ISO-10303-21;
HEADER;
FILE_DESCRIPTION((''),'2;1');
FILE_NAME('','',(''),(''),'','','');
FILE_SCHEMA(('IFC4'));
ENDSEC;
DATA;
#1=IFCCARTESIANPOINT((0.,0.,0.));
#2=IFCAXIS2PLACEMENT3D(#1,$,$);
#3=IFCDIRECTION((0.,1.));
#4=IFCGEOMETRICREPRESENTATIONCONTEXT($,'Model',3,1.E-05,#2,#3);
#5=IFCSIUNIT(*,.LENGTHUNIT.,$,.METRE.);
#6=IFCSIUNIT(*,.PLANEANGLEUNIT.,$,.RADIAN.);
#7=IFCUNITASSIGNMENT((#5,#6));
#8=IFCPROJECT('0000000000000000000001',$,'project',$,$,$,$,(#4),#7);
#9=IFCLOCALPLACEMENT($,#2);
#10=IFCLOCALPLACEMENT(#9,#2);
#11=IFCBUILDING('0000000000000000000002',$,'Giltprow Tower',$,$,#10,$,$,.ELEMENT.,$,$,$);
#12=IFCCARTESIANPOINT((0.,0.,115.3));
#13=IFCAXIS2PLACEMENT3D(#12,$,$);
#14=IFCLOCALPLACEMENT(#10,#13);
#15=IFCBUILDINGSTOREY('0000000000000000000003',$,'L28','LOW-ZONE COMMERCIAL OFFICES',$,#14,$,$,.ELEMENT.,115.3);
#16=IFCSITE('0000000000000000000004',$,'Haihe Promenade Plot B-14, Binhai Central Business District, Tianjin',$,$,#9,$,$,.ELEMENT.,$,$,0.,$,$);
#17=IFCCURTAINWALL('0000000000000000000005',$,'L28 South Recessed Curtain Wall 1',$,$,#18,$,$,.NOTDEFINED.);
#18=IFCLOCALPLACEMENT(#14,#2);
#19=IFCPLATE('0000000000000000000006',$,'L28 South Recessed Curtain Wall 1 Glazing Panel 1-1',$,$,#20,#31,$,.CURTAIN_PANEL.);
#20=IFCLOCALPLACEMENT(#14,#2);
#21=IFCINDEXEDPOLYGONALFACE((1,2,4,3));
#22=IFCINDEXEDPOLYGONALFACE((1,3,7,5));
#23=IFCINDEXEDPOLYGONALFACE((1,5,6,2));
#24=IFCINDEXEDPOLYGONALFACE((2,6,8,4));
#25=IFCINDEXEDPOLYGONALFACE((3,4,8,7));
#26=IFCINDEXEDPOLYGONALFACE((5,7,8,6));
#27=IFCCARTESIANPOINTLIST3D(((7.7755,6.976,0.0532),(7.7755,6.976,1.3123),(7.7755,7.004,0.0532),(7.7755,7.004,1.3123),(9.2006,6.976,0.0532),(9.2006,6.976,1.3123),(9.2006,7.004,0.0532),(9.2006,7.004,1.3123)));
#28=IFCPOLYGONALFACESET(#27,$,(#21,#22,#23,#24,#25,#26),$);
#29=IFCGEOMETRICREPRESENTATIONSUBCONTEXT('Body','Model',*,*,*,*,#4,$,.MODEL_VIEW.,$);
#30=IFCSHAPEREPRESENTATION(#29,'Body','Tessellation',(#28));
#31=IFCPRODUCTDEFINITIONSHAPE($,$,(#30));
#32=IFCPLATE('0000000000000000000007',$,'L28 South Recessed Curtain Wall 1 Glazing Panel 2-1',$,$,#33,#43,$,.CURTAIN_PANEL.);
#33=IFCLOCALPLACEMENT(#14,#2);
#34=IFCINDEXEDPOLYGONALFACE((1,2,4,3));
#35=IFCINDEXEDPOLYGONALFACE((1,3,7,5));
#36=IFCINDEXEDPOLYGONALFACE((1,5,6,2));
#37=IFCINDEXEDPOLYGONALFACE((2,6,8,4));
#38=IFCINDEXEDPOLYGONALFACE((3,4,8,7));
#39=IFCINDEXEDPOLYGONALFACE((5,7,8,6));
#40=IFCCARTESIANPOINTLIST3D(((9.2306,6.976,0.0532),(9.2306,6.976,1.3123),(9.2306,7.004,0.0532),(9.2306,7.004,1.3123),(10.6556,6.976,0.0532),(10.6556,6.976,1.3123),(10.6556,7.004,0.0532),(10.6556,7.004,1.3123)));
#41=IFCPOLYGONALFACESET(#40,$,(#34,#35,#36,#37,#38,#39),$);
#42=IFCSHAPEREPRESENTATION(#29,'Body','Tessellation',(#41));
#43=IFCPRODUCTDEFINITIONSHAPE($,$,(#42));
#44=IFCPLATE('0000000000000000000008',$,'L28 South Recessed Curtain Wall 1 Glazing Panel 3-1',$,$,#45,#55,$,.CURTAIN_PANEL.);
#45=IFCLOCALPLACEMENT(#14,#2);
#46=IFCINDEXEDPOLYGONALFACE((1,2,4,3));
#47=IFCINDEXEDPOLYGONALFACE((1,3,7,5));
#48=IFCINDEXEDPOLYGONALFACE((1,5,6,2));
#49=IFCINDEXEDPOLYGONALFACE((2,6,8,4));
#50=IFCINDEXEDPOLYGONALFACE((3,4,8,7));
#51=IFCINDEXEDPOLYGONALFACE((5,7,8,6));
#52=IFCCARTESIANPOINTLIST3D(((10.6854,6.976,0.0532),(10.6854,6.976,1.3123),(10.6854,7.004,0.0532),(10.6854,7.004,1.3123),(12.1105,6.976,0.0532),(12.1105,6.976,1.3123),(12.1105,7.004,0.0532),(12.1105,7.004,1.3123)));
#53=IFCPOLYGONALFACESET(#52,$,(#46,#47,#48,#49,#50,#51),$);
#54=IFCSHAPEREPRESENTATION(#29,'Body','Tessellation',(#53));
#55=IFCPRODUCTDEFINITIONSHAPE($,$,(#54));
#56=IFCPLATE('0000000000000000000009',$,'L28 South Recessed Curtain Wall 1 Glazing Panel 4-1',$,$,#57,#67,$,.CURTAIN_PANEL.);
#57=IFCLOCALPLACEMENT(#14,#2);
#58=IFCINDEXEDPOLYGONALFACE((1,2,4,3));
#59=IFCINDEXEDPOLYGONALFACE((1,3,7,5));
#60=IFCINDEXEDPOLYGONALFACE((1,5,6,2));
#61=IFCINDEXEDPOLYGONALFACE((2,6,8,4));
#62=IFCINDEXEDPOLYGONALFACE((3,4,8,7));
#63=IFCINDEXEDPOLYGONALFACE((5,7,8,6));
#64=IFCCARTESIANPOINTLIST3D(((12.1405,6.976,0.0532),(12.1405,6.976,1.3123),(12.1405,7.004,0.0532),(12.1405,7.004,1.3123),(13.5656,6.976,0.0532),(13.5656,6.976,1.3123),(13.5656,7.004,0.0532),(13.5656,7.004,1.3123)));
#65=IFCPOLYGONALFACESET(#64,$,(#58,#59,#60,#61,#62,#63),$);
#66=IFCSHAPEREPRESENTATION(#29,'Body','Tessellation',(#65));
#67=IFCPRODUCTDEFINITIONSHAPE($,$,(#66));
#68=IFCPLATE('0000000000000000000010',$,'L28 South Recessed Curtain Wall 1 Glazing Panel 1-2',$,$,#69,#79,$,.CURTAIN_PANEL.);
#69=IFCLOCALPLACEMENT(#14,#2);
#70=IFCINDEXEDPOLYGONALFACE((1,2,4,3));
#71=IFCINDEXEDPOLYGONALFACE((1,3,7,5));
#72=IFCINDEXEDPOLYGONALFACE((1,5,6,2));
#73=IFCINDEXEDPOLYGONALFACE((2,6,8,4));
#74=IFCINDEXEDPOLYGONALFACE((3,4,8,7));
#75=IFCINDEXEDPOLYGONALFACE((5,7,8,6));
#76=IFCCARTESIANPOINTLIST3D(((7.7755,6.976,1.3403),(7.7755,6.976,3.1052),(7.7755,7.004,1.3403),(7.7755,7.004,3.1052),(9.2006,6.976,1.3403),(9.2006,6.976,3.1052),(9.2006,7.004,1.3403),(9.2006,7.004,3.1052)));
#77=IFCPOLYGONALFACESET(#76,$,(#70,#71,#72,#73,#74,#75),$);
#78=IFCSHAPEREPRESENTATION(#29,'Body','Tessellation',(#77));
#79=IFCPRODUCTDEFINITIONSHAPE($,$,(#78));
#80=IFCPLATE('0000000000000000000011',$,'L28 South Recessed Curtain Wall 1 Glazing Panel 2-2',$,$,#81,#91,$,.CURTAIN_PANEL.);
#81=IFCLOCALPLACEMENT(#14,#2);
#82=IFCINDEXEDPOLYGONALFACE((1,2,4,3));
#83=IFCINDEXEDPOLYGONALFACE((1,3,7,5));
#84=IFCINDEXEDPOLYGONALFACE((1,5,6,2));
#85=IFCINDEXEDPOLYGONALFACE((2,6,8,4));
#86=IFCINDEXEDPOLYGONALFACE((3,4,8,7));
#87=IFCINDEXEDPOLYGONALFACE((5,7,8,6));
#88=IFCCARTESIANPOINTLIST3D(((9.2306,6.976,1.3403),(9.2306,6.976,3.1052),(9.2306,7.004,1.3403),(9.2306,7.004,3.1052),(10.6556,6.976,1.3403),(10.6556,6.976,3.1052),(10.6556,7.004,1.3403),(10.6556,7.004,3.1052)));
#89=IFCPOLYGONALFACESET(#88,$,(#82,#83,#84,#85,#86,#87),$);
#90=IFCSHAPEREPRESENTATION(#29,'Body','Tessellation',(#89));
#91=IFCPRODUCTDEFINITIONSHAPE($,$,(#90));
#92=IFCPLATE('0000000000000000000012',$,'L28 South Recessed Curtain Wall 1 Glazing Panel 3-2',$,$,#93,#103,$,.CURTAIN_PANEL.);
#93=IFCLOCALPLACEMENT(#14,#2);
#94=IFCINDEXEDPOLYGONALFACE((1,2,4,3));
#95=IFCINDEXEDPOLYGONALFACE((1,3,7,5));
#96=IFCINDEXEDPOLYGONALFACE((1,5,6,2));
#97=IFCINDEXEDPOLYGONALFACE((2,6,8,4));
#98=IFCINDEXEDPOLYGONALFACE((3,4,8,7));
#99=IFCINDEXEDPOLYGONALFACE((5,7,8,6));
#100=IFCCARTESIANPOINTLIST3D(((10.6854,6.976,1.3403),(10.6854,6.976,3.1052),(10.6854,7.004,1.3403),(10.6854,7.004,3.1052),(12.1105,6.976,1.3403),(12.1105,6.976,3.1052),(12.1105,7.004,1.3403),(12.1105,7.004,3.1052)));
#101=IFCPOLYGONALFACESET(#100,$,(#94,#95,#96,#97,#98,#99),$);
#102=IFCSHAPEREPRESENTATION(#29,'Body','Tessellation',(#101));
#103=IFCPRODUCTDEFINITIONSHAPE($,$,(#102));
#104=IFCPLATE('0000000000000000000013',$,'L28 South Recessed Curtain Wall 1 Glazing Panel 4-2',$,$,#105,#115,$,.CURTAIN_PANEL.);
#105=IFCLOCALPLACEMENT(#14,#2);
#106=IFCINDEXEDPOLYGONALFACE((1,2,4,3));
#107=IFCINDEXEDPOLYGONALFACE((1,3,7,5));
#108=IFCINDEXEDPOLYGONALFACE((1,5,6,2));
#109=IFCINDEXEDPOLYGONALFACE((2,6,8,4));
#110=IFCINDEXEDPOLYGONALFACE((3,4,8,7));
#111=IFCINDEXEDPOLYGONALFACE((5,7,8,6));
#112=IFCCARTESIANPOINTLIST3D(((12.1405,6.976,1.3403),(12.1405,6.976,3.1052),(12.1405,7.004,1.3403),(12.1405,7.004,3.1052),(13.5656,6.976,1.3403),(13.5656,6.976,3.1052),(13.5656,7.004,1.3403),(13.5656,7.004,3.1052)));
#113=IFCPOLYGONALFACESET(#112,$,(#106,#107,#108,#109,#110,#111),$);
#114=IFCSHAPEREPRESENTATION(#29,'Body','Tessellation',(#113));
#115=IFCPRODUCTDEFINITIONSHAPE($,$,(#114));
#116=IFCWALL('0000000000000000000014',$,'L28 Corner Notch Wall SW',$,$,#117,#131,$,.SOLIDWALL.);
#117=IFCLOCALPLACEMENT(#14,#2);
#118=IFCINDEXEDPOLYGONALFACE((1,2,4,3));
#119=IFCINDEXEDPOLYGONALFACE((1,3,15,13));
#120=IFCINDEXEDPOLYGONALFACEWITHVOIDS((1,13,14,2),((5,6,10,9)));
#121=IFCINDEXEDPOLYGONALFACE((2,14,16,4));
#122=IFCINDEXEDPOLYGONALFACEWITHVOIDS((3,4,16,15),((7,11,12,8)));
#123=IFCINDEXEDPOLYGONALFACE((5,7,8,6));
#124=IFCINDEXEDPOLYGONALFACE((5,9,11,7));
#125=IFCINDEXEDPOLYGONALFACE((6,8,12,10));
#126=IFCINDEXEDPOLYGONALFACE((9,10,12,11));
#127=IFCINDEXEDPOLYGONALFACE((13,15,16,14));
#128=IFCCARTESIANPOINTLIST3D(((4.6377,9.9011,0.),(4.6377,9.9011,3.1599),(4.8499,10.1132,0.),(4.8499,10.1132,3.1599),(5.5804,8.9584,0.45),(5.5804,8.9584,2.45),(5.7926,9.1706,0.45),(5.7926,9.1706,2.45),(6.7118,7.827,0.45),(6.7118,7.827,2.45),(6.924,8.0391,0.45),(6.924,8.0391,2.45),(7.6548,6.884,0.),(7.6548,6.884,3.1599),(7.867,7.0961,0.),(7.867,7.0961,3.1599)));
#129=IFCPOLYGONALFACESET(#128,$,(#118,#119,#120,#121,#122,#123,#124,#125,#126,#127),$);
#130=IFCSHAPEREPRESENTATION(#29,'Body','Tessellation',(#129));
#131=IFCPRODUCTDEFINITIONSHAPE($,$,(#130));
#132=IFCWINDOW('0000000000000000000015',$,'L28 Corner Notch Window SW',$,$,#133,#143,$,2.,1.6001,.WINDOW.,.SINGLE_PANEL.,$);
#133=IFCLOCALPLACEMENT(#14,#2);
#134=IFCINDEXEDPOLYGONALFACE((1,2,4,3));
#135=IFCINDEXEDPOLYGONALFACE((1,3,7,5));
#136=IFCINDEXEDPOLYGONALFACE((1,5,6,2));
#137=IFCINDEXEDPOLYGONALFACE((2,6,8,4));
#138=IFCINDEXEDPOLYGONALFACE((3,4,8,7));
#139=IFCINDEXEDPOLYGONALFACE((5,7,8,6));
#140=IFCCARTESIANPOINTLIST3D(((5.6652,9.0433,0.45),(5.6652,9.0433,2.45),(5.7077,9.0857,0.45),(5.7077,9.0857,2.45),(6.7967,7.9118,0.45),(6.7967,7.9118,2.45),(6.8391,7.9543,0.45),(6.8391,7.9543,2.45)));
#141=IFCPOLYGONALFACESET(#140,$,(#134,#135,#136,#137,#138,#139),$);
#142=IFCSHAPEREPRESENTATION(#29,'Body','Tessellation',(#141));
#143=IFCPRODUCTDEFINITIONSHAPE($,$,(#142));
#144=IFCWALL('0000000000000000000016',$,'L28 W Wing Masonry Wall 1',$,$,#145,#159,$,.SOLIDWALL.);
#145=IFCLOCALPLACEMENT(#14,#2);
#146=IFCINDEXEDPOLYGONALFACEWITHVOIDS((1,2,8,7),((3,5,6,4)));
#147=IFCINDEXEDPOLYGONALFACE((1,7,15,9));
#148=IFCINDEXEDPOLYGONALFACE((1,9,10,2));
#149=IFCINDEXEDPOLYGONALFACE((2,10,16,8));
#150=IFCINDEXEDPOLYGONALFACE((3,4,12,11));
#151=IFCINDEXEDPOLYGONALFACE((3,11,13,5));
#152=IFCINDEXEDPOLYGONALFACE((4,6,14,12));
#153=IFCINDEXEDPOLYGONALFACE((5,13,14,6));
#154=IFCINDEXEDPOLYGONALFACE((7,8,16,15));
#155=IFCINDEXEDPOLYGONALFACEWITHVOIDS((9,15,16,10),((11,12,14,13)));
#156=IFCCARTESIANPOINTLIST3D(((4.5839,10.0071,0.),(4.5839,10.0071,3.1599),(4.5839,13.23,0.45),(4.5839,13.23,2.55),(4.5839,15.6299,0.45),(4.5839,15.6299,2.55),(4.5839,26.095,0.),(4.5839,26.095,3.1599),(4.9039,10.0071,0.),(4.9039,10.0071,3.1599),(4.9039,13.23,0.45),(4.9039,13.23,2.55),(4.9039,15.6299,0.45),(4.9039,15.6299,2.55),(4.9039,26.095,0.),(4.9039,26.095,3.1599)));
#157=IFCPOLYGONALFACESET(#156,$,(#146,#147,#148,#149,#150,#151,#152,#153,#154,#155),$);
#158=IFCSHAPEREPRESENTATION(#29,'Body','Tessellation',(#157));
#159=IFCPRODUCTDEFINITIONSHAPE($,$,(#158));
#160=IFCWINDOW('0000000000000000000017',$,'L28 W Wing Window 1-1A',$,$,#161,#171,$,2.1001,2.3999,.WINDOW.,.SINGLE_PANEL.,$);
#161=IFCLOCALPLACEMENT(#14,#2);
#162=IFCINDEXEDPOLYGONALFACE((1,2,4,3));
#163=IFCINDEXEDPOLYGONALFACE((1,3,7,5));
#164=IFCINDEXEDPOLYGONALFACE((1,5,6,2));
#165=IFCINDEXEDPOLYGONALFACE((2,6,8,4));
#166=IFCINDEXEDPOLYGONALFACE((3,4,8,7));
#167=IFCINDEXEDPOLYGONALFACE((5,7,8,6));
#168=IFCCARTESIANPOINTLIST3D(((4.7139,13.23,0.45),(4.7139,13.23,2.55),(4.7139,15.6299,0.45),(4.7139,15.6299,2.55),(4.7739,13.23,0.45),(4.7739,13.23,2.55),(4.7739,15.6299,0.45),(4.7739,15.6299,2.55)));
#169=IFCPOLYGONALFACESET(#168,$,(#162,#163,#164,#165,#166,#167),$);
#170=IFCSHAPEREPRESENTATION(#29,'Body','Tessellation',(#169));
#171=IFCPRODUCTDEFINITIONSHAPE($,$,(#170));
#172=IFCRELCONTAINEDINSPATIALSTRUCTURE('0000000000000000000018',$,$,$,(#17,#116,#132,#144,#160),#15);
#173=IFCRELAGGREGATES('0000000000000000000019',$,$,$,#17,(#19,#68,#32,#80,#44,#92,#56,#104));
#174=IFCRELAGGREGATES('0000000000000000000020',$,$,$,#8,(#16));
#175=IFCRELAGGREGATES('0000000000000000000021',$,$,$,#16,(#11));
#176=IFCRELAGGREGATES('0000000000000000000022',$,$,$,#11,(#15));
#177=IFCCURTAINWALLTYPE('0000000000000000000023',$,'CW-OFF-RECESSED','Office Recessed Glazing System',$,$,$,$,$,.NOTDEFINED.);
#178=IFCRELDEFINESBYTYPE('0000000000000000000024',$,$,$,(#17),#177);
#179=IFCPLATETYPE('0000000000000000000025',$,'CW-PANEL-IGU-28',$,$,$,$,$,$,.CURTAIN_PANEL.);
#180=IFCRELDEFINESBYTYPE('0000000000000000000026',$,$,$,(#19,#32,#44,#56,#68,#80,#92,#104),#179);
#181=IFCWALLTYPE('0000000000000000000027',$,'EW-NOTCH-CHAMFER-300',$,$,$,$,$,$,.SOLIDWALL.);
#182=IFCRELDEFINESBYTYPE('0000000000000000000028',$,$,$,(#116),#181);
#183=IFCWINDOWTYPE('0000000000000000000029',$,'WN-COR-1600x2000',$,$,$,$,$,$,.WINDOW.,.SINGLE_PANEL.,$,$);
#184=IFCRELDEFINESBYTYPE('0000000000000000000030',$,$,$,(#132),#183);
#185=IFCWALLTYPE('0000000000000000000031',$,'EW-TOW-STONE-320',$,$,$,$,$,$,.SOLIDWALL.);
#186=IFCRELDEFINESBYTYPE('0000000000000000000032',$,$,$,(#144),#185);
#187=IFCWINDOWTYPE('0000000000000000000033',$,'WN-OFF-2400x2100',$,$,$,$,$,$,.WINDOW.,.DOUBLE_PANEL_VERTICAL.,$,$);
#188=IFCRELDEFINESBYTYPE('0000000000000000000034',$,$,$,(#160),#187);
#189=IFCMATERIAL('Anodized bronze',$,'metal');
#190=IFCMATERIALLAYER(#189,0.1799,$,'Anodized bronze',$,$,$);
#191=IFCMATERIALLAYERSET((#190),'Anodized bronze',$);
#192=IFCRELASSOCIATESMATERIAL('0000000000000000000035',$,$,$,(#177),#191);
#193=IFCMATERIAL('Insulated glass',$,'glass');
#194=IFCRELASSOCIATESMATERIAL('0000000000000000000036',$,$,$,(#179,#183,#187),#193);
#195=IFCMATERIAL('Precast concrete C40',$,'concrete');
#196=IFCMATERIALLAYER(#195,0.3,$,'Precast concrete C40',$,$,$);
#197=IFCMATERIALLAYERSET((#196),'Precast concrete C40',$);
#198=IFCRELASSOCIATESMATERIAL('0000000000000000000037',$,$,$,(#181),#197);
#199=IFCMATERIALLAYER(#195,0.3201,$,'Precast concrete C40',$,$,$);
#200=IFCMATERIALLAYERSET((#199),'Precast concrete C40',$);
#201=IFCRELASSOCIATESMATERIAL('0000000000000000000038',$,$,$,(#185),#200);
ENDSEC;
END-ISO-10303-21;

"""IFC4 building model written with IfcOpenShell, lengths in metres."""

from ifc_helpers import new_model, si_unit, direction, frame, frame_2d, origin, origin_2d, place, context, subcontext, project, spatial, rectangle, extrude, source, transform, mapped, material, layer, layer_set, type_object, element, fill, aggregate, save


model = new_model("IFC4")

# Units and contexts
model_context = context("Model", 3, precision=1e-05, world=origin(), true_north=direction((0.0, 1.0)))
body_context = subcontext(model_context, "Body", "Model", "MODEL_VIEW")
ifc_project = project(units=[si_unit("LENGTHUNIT", "METRE"), si_unit("PLANEANGLEUNIT", "RADIAN")], contexts=[model_context])

# Site, building, storey
site_placement = place(None, origin())
site = spatial("IfcSite", under=ifc_project, at=site_placement, Name="Haihe Promenade Plot B-14, Binhai Central Business District, Tianjin", CompositionType="ELEMENT", RefElevation=0.0)
building_placement = place(site_placement, origin())
building = spatial("IfcBuilding", under=site, at=building_placement, Name="Giltprow Tower", CompositionType="ELEMENT")
storey_placement = place(building_placement, frame((0.0, 0.0, 115.3)))
storey = spatial("IfcBuildingStorey", under=building, at=storey_placement, Name="L28", Description="LOW-ZONE COMMERCIAL OFFICES", CompositionType="ELEMENT", Elevation=115.3)

# Curtain wall
ifc_material_1 = material(Name="Anodized bronze", Category="metal")
ifc_layer_1 = layer(ifc_material_1, 0.1799, Name="Anodized bronze")
ifc_layer_set_1 = layer_set([ifc_layer_1], Name="Anodized bronze")
curtain_wall_type = type_object("IfcCurtainWallType", Name="CW-OFF-RECESSED", Description="Office Recessed Glazing System", PredefinedType="NOTDEFINED", material=ifc_layer_set_1)
curtain_wall_placement = place(storey_placement, origin())
curtain_wall = element("IfcCurtainWall", 1, at=curtain_wall_placement, inside=storey, type_object=curtain_wall_type, Name="L28 South Recessed Curtain Wall 1", PredefinedType="NOTDEFINED")

# Plates
ifc_material_2 = material(Name="Insulated glass", Category="glass")
plate_type = type_object("IfcPlateType", Name="CW-PANEL-IGU-28", PredefinedType="CURTAIN_PANEL", material=ifc_material_2)
shared_shape_1 = source(origin(), body_context, "Body", "SweptSolid", [
    extrude(rectangle(XDim=1.425, YDim=0.0281, at=origin_2d()), origin(), (0.0, 0.0, 1.0), 1.259),
])
plate_1_placement = place(storey_placement, frame((8.488, 6.99, 0.0532), z_axis=(0.0, 0.0, 1.0), x_axis=(1.0, 0.0, 0.0)))
plate_1 = element("IfcPlate", 2, at=plate_1_placement, type_object=plate_type, Name="L28 South Recessed Curtain Wall 1 Glazing Panel 1-1", PredefinedType="CURTAIN_PANEL", context=body_context, shape_type="MappedRepresentation", body=[
    mapped(shared_shape_1, transform((0.0, 0.0, 0.0), x_axis=(1.0, 0.0, 0.0), y_axis=(0.0, 1.0, 0.0), z_axis=(0.0, 0.0, 1.0), scale=1.0)),
])
plate_2_placement = place(storey_placement, frame((9.9431, 6.99, 0.0532), z_axis=(0.0, 0.0, 1.0), x_axis=(1.0, 0.0, 0.0)))
plate_2 = element("IfcPlate", 3, at=plate_2_placement, type_object=plate_type, Name="L28 South Recessed Curtain Wall 1 Glazing Panel 2-1", PredefinedType="CURTAIN_PANEL", context=body_context, shape_type="MappedRepresentation", body=[
    mapped(shared_shape_1, transform((0.0, 0.0, 0.0), x_axis=(1.0, 0.0, 0.0), y_axis=(0.0, 1.0, 0.0), z_axis=(0.0, 0.0, 1.0), scale=1.0)),
])
plate_3_placement = place(storey_placement, frame((11.3979, 6.99, 0.0532), z_axis=(0.0, 0.0, 1.0), x_axis=(1.0, 0.0, 0.0)))
plate_3 = element("IfcPlate", 4, at=plate_3_placement, type_object=plate_type, Name="L28 South Recessed Curtain Wall 1 Glazing Panel 3-1", PredefinedType="CURTAIN_PANEL", context=body_context, shape_type="MappedRepresentation", body=[
    mapped(shared_shape_1, transform((0.0, 0.0, 0.0), x_axis=(1.0, 0.0, 0.0), y_axis=(0.0, 1.0, 0.0), z_axis=(0.0, 0.0, 1.0), scale=1.0)),
])
plate_4_placement = place(storey_placement, frame((12.853, 6.99, 0.0532), z_axis=(0.0, 0.0, 1.0), x_axis=(1.0, 0.0, 0.0)))
plate_4 = element("IfcPlate", 5, at=plate_4_placement, type_object=plate_type, Name="L28 South Recessed Curtain Wall 1 Glazing Panel 4-1", PredefinedType="CURTAIN_PANEL", context=body_context, shape_type="MappedRepresentation", body=[
    mapped(shared_shape_1, transform((0.0, 0.0, 0.0), x_axis=(1.0, 0.0, 0.0), y_axis=(0.0, 1.0, 0.0), z_axis=(0.0, 0.0, 1.0), scale=1.0)),
])
shared_shape_2 = source(origin(), body_context, "Body", "SweptSolid", [
    extrude(rectangle(XDim=1.425, YDim=0.0281, at=origin_2d()), origin(), (0.0, 0.0, 1.0), 1.7649),
])
plate_5_placement = place(storey_placement, frame((8.488, 6.99, 1.3403), z_axis=(0.0, 0.0, 1.0), x_axis=(1.0, 0.0, 0.0)))
plate_5 = element("IfcPlate", 6, at=plate_5_placement, type_object=plate_type, Name="L28 South Recessed Curtain Wall 1 Glazing Panel 1-2", PredefinedType="CURTAIN_PANEL", context=body_context, shape_type="MappedRepresentation", body=[
    mapped(shared_shape_2, transform((0.0, 0.0, 0.0), x_axis=(1.0, 0.0, 0.0), y_axis=(0.0, 1.0, 0.0), z_axis=(0.0, 0.0, 1.0), scale=1.0)),
])
plate_6_placement = place(storey_placement, frame((9.9431, 6.99, 1.3403), z_axis=(0.0, 0.0, 1.0), x_axis=(1.0, 0.0, 0.0)))
plate_6 = element("IfcPlate", 7, at=plate_6_placement, type_object=plate_type, Name="L28 South Recessed Curtain Wall 1 Glazing Panel 2-2", PredefinedType="CURTAIN_PANEL", context=body_context, shape_type="MappedRepresentation", body=[
    mapped(shared_shape_2, transform((0.0, 0.0, 0.0), x_axis=(1.0, 0.0, 0.0), y_axis=(0.0, 1.0, 0.0), z_axis=(0.0, 0.0, 1.0), scale=1.0)),
])
plate_7_placement = place(storey_placement, frame((11.3979, 6.99, 1.3403), z_axis=(0.0, 0.0, 1.0), x_axis=(1.0, 0.0, 0.0)))
plate_7 = element("IfcPlate", 8, at=plate_7_placement, type_object=plate_type, Name="L28 South Recessed Curtain Wall 1 Glazing Panel 3-2", PredefinedType="CURTAIN_PANEL", context=body_context, shape_type="MappedRepresentation", body=[
    mapped(shared_shape_2, transform((0.0, 0.0, 0.0), x_axis=(1.0, 0.0, 0.0), y_axis=(0.0, 1.0, 0.0), z_axis=(0.0, 0.0, 1.0), scale=1.0)),
])
plate_8_placement = place(storey_placement, frame((12.853, 6.99, 1.3403), z_axis=(0.0, 0.0, 1.0), x_axis=(1.0, 0.0, 0.0)))
plate_8 = element("IfcPlate", 9, at=plate_8_placement, type_object=plate_type, Name="L28 South Recessed Curtain Wall 1 Glazing Panel 4-2", PredefinedType="CURTAIN_PANEL", context=body_context, shape_type="MappedRepresentation", body=[
    mapped(shared_shape_2, transform((0.0, 0.0, 0.0), x_axis=(1.0, 0.0, 0.0), y_axis=(0.0, 1.0, 0.0), z_axis=(0.0, 0.0, 1.0), scale=1.0)),
])
aggregate(curtain_wall, [plate_1, plate_5, plate_2, plate_6, plate_3, plate_7, plate_4, plate_8])

# Walls, openings, windows
ifc_material_3 = material(Name="Precast concrete C40", Category="concrete")
ifc_layer_2 = layer(ifc_material_3, 0.3, Name="Precast concrete C40")
ifc_layer_set_2 = layer_set([ifc_layer_2], Name="Precast concrete C40")
wall_type_1 = type_object("IfcWallType", Name="EW-NOTCH-CHAMFER-300", PredefinedType="SOLIDWALL", material=ifc_layer_set_2)
wall_1_placement = place(storey_placement, frame((4.7439, 10.0071, 0.0), z_axis=(0.0, 0.0, 1.0), x_axis=(0.707107, -0.707107, 0.0)))
wall_1 = element("IfcWall", 10, at=wall_1_placement, inside=storey, type_object=wall_type_1, Name="L28 Corner Notch Wall SW", PredefinedType="SOLIDWALL", context=body_context, shape_type="SweptSolid", body=[
    extrude(rectangle(XDim=4.2668, YDim=0.3, at=frame_2d((2.1333, 0.0))), origin(), (0.0, 0.0, 1.0), 3.1599),
])
opening_1_placement = place(wall_1_placement, frame((1.333, 0.0, 0.45)))
opening_1 = element("IfcOpeningElement", 11, at=opening_1_placement, cuts=wall_1, PredefinedType="OPENING", context=body_context, shape_type="SweptSolid", body=[
    extrude(rectangle(XDim=1.6001, YDim=2.0, at=frame_2d((0.8, 1.0))), frame((0.0, 0.1599, 0.0), z_axis=(0.0, -1.0, 0.0), x_axis=(1.0, 0.0, 0.0)), (0.0, 0.0, 1.0), 0.3201),
])
window_type_1 = type_object("IfcWindowType", Name="WN-COR-1600x2000", PartitioningType="SINGLE_PANEL", PredefinedType="WINDOW", material=ifc_material_2)
shared_shape_3 = source(origin(), body_context, "Body", "SweptSolid", [
    extrude(rectangle(XDim=1.6001, YDim=2.0, at=frame_2d((0.8, 1.0))), frame((0.0, 0.03, 0.0), z_axis=(0.0, -1.0, 0.0), x_axis=(1.0, 0.0, 0.0)), (0.0, 0.0, 1.0), 0.0601),
])
window_1_placement = place(opening_1_placement, origin())
window_1 = element("IfcWindow", 12, at=window_1_placement, inside=storey, type_object=window_type_1, Name="L28 Corner Notch Window SW", OverallHeight=2.0, OverallWidth=1.6001, PartitioningType="SINGLE_PANEL", PredefinedType="WINDOW", context=body_context, shape_type="MappedRepresentation", body=[
    mapped(shared_shape_3, transform((0.0, 0.0, 0.0), x_axis=(1.0, 0.0, 0.0), y_axis=(0.0, 1.0, 0.0), z_axis=(0.0, 0.0, 1.0), scale=1.0)),
])
fill(opening_1, window_1)
ifc_layer_3 = layer(ifc_material_3, 0.3201, Name="Precast concrete C40")
ifc_layer_set_3 = layer_set([ifc_layer_3], Name="Precast concrete C40")
wall_type_2 = type_object("IfcWallType", Name="EW-TOW-STONE-320", PredefinedType="SOLIDWALL", material=ifc_layer_set_3)
wall_2_placement = place(storey_placement, frame((4.7439, 10.0071, 0.0), z_axis=(0.0, 0.0, 1.0), x_axis=(0.0, 1.0, 0.0)))
wall_2 = element("IfcWall", 13, at=wall_2_placement, inside=storey, type_object=wall_type_2, Name="L28 W Wing Masonry Wall 1", PredefinedType="SOLIDWALL", context=body_context, shape_type="SweptSolid", body=[
    extrude(rectangle(XDim=16.0879, YDim=0.3201, at=frame_2d((8.0439, 0.0))), origin(), (0.0, 0.0, 1.0), 3.1599),
])
opening_2_placement = place(wall_2_placement, frame((3.2229, 0.0, 0.45)))
opening_2 = element("IfcOpeningElement", 14, at=opening_2_placement, cuts=wall_2, PredefinedType="OPENING", context=body_context, shape_type="SweptSolid", body=[
    extrude(rectangle(XDim=2.3999, YDim=2.1001, at=frame_2d((1.2, 1.05))), frame((0.0, 0.1699, 0.0), z_axis=(0.0, -1.0, 0.0), x_axis=(1.0, 0.0, 0.0)), (0.0, 0.0, 1.0), 0.3401),
])
window_type_2 = type_object("IfcWindowType", Name="WN-OFF-2400x2100", PartitioningType="DOUBLE_PANEL_VERTICAL", PredefinedType="WINDOW", material=ifc_material_2)
shared_shape_4 = source(origin(), body_context, "Body", "SweptSolid", [
    extrude(rectangle(XDim=2.3999, YDim=2.1001, at=frame_2d((1.2, 1.05))), frame((0.0, 0.03, 0.0), z_axis=(0.0, -1.0, 0.0), x_axis=(1.0, 0.0, 0.0)), (0.0, 0.0, 1.0), 0.0601),
])
window_2_placement = place(opening_2_placement, origin())
window_2 = element("IfcWindow", 15, at=window_2_placement, inside=storey, type_object=window_type_2, Name="L28 W Wing Window 1-1A", OverallHeight=2.1001, OverallWidth=2.3999, PartitioningType="SINGLE_PANEL", PredefinedType="WINDOW", context=body_context, shape_type="MappedRepresentation", body=[
    mapped(shared_shape_4, transform((0.0, 0.0, 0.0), x_axis=(1.0, 0.0, 0.0), y_axis=(0.0, 1.0, 0.0), z_axis=(0.0, 0.0, 1.0), scale=1.0)),
])
fill(opening_2, window_2)

save(model, "model.ifc")
